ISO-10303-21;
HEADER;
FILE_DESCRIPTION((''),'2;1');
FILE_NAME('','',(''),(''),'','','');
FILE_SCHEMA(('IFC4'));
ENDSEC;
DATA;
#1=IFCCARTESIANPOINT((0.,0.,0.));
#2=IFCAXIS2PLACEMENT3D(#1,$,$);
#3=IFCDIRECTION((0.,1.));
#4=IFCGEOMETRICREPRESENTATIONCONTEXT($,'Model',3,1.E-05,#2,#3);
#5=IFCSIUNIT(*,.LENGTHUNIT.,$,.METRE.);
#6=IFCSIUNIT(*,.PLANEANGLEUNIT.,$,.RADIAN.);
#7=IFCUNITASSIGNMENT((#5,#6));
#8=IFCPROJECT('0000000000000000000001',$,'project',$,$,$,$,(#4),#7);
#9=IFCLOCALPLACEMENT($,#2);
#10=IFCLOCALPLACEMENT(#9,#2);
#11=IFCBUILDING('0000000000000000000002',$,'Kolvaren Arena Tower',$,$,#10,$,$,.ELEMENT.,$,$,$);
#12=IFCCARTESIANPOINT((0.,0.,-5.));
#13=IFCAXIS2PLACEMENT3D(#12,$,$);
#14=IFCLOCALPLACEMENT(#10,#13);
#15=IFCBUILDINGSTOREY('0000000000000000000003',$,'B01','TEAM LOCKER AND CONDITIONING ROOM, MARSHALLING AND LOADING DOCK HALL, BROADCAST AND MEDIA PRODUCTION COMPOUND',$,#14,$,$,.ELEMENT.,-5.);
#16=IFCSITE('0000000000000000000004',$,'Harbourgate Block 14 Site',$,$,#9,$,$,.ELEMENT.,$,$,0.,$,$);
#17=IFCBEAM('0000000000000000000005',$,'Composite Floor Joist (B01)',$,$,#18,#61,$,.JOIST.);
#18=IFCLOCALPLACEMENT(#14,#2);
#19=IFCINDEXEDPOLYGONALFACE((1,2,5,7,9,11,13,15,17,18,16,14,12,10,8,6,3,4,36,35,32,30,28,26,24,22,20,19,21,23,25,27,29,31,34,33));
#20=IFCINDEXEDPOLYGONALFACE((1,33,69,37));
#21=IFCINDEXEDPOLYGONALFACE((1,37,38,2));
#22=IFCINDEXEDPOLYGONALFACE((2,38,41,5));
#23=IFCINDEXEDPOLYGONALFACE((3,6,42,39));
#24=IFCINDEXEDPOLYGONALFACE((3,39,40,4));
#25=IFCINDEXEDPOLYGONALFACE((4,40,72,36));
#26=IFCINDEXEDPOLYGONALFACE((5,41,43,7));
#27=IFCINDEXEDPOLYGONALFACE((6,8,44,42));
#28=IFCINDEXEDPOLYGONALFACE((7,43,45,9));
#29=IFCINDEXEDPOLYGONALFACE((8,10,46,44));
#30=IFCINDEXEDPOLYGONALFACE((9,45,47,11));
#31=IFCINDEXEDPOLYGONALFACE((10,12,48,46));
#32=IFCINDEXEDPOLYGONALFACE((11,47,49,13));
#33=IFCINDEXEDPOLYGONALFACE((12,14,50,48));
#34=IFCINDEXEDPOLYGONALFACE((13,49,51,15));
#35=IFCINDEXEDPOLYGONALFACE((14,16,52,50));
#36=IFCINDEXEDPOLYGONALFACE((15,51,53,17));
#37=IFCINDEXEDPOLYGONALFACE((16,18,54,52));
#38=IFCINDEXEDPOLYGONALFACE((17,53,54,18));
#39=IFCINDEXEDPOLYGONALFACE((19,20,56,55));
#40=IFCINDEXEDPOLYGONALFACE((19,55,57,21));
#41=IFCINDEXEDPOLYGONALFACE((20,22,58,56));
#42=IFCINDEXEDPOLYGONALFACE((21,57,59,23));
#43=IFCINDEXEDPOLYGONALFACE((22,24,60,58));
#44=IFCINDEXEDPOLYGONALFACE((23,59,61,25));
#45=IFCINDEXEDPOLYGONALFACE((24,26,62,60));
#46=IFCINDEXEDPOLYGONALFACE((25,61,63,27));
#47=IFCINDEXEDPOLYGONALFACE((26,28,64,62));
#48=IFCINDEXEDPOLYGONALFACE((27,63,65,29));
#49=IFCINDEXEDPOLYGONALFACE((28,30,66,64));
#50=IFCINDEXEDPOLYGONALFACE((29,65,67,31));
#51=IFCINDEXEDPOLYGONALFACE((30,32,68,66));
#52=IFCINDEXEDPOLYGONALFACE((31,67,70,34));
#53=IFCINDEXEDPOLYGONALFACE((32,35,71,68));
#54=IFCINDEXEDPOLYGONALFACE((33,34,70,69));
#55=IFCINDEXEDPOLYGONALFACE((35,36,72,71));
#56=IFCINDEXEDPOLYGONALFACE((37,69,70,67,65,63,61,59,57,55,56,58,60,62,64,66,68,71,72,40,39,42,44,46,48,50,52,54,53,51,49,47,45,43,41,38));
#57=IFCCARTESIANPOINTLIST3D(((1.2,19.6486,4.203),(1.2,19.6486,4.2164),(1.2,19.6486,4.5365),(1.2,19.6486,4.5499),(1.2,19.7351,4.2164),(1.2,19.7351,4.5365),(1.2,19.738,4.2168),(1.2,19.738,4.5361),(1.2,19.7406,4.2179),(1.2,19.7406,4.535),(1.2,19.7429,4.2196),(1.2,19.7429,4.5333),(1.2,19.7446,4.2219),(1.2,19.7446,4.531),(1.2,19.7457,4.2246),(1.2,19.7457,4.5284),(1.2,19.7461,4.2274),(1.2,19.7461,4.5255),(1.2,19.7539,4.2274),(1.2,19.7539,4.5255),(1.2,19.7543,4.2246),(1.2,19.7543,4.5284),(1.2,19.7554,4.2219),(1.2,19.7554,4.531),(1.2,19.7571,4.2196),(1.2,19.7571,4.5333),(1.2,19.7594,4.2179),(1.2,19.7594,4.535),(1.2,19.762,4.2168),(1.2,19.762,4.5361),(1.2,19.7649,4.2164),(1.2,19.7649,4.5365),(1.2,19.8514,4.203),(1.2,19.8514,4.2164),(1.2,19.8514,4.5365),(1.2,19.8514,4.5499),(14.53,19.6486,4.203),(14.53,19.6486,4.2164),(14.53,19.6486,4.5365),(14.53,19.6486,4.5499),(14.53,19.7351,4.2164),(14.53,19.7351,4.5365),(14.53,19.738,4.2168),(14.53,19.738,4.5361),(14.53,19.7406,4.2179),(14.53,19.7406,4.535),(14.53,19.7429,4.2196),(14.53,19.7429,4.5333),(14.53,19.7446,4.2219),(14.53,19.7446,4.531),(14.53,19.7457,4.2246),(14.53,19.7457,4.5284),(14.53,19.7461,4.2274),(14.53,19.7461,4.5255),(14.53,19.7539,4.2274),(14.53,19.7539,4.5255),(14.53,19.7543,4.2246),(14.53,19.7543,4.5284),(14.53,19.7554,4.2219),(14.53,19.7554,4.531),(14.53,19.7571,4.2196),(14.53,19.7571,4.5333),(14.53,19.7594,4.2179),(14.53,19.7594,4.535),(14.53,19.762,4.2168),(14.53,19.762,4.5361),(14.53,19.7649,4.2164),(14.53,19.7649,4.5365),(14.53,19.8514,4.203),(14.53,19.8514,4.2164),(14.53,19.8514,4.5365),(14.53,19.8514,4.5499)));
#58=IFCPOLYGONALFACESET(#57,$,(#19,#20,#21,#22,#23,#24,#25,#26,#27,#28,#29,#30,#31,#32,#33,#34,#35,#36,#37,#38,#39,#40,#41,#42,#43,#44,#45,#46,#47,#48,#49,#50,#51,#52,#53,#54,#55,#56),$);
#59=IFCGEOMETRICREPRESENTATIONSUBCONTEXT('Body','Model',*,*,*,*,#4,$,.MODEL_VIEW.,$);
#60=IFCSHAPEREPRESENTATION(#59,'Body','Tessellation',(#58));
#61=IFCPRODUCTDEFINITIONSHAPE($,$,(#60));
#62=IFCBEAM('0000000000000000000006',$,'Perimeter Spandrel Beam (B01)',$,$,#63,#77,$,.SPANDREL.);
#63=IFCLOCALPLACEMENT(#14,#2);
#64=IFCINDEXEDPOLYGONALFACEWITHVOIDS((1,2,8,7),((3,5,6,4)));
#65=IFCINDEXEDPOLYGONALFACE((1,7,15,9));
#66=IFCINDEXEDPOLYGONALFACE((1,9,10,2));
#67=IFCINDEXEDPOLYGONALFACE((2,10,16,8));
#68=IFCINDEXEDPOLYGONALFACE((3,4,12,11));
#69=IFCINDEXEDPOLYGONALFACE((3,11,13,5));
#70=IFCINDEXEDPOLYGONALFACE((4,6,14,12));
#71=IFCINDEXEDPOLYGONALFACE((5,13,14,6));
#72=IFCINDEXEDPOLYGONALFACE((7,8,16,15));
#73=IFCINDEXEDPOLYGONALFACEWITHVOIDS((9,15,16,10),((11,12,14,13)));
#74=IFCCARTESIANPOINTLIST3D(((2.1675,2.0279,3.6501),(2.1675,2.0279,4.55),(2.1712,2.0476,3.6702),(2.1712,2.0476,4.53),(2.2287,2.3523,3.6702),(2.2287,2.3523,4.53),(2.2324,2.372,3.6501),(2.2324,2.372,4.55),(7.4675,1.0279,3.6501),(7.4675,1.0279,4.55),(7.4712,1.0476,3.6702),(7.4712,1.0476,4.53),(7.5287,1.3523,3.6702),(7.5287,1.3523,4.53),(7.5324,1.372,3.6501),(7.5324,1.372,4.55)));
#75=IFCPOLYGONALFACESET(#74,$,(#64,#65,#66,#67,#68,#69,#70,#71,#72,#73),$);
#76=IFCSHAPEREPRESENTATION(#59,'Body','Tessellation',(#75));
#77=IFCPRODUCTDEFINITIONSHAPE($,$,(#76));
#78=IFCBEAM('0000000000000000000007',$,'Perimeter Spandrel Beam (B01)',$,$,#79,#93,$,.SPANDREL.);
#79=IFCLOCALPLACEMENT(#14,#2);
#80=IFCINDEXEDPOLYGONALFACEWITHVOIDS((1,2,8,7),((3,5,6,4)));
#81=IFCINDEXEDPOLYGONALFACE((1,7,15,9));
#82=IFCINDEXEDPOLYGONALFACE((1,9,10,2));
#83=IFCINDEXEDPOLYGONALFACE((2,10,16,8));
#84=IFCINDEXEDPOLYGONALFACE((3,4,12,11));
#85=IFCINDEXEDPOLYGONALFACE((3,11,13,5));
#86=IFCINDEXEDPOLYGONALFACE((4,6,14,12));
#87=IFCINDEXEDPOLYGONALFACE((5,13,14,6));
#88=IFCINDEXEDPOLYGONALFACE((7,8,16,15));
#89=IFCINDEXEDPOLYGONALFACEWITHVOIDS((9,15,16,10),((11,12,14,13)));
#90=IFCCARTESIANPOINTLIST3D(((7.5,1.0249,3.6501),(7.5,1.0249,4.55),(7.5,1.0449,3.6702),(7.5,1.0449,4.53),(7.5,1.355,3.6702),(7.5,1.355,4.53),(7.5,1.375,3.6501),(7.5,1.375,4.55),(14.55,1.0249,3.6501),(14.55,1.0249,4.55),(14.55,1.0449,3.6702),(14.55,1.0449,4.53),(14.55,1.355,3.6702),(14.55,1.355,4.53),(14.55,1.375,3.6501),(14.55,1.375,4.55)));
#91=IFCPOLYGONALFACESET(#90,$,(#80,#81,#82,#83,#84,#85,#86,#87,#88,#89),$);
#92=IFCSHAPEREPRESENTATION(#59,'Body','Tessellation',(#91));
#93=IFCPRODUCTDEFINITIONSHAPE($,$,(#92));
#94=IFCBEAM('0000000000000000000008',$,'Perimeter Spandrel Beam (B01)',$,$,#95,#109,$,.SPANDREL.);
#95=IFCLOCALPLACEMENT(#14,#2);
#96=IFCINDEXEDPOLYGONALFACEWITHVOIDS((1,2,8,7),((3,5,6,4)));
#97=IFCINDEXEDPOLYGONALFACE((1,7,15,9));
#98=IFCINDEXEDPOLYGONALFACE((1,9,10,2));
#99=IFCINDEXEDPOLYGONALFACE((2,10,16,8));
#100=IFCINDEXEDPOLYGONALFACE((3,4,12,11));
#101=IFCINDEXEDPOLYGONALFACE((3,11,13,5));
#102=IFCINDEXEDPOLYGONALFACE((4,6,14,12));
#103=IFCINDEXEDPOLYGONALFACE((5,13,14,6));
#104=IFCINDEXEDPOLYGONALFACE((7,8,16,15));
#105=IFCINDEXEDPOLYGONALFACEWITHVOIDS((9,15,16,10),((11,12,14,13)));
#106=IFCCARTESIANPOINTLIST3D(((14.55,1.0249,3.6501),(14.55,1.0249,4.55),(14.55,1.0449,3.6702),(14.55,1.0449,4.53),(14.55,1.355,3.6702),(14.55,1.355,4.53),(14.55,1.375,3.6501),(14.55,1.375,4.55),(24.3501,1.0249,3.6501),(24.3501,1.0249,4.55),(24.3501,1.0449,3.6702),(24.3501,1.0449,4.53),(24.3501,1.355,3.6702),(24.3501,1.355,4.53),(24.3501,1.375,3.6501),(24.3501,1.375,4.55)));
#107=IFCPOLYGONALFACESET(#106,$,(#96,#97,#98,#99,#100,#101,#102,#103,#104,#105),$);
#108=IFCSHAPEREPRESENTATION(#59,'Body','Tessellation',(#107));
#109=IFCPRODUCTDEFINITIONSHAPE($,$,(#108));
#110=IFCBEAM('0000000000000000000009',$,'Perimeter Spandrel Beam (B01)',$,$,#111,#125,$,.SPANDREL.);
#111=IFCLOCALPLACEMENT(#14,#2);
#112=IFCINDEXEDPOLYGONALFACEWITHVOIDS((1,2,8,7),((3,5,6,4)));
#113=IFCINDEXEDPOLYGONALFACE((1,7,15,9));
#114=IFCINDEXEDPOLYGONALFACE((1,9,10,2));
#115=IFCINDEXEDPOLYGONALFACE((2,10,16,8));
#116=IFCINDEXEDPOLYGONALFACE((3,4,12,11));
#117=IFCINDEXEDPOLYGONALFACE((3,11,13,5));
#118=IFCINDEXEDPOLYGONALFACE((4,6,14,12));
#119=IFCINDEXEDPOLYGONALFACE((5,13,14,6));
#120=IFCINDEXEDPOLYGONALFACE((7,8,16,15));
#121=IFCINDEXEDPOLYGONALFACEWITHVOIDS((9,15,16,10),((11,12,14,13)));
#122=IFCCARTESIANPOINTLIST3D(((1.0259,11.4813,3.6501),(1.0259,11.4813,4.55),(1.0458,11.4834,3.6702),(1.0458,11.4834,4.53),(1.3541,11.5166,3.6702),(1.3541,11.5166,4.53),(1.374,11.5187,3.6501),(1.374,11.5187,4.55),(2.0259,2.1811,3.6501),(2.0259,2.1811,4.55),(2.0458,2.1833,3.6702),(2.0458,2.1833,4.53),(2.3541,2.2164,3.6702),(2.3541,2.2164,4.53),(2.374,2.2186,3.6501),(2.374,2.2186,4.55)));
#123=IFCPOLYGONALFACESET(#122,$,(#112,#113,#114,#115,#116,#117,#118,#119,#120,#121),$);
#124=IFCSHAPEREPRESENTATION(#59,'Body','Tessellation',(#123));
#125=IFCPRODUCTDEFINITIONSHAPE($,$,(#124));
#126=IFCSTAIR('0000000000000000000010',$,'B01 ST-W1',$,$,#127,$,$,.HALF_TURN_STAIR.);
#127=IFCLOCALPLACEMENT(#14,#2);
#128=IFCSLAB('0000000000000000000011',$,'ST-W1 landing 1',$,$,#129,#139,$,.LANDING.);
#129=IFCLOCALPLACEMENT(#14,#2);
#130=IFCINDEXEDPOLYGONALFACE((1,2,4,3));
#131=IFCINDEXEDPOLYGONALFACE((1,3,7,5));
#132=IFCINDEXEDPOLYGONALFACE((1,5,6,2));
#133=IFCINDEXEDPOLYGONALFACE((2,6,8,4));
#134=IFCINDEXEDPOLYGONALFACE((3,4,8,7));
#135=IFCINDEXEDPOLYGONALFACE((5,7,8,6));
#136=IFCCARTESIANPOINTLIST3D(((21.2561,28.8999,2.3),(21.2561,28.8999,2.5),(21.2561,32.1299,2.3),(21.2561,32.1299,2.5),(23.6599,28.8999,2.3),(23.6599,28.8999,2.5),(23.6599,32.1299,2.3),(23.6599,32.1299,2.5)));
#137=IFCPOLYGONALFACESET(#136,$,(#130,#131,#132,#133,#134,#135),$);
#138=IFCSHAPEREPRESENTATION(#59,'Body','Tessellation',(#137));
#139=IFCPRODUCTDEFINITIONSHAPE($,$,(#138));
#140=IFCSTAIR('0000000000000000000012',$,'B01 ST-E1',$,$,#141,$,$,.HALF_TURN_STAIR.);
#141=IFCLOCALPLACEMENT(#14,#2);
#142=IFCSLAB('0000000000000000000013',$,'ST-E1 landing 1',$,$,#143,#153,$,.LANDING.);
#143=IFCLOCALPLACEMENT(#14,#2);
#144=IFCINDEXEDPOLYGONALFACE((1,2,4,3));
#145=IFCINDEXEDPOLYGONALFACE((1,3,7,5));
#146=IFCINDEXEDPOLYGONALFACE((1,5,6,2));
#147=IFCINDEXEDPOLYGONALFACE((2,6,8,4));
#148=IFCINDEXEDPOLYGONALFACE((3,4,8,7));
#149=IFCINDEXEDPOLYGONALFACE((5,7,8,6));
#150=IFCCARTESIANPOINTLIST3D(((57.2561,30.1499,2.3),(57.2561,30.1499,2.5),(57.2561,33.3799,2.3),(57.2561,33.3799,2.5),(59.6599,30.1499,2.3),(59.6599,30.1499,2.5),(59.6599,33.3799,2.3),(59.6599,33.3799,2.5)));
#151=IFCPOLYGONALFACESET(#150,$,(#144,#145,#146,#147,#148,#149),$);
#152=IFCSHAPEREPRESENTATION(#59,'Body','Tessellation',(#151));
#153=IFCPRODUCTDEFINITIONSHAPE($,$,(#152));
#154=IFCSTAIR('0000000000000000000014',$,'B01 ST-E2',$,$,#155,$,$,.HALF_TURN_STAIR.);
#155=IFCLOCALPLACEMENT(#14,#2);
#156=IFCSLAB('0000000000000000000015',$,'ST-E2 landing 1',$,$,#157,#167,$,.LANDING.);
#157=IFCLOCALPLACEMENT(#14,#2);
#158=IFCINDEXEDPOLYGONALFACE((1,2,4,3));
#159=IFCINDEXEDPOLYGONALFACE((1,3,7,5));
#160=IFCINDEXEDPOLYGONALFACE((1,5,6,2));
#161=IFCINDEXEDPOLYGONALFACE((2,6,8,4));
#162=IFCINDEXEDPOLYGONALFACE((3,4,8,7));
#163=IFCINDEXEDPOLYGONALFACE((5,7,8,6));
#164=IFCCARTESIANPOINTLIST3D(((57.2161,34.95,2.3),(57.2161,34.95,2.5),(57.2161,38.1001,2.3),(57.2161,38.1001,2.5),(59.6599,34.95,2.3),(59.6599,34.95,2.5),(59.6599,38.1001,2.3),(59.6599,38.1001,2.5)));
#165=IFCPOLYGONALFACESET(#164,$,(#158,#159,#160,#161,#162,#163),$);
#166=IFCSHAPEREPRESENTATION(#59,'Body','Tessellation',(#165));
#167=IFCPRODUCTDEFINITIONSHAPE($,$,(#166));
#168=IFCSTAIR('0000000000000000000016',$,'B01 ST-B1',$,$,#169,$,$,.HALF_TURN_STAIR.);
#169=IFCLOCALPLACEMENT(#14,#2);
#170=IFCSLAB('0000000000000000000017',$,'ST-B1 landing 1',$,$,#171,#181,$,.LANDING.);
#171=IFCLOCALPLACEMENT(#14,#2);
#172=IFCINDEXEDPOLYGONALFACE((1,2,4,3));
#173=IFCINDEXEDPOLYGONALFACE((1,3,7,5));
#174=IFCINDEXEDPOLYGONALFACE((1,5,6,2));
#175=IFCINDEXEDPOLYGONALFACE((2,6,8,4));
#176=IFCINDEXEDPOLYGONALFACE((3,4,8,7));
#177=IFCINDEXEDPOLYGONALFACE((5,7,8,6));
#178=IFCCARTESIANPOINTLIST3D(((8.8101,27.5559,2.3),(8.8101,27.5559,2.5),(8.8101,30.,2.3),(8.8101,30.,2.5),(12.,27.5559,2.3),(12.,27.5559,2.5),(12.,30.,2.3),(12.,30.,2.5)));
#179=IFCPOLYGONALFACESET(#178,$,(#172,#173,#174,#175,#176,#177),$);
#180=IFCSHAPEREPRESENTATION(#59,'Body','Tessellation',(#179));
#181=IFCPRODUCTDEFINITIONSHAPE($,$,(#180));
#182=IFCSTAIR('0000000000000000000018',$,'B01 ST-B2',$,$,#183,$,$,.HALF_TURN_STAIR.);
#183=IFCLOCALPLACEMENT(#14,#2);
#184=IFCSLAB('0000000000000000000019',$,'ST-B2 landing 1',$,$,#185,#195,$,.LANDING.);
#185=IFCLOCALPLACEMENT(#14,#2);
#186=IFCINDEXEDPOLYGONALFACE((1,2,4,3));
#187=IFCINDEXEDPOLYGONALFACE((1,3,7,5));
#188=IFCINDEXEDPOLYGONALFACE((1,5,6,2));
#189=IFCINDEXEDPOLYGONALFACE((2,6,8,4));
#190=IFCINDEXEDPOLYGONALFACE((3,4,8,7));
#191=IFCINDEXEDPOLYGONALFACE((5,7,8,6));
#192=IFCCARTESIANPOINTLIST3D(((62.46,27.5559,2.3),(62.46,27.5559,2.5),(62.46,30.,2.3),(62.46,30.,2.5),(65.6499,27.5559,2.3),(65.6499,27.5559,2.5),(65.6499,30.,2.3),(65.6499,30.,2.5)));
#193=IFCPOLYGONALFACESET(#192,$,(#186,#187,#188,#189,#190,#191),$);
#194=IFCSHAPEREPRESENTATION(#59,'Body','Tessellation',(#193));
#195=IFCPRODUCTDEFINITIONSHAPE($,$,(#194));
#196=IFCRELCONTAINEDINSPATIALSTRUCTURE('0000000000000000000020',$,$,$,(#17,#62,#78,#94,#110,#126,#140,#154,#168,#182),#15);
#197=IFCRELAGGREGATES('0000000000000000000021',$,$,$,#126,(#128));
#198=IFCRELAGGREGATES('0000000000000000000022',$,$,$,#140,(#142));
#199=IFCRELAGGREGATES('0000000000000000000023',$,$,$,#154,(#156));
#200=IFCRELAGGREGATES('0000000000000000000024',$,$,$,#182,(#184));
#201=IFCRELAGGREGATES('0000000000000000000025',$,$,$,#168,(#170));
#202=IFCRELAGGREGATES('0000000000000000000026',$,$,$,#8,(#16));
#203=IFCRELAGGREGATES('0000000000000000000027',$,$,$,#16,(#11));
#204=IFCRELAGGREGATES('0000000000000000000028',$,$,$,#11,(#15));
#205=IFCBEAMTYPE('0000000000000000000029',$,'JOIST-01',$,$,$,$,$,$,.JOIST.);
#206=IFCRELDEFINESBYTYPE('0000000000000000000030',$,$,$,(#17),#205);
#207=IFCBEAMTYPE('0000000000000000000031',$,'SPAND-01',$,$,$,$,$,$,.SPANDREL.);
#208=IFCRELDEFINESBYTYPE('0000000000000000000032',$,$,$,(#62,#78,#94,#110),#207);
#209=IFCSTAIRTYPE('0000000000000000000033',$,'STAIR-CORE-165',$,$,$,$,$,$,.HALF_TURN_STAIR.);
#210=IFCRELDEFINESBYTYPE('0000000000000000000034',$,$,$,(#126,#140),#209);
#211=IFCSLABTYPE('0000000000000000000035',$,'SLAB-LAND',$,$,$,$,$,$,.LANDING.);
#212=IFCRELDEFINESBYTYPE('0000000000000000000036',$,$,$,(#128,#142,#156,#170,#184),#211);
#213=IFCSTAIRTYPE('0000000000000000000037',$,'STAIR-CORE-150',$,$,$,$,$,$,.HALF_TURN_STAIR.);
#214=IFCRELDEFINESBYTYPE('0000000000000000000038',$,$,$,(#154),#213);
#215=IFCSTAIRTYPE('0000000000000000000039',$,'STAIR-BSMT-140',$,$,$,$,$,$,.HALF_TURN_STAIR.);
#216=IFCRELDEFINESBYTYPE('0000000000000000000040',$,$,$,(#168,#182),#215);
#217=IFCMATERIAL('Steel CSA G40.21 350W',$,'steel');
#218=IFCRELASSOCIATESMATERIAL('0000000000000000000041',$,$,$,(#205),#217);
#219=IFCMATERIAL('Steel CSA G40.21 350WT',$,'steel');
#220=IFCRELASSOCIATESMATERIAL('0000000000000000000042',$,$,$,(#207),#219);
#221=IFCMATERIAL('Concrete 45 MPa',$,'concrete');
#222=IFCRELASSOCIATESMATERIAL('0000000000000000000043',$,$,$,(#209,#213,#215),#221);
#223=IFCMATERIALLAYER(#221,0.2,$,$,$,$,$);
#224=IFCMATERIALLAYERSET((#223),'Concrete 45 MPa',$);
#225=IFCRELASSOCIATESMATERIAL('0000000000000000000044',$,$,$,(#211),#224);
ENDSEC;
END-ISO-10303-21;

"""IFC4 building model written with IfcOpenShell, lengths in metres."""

from ifc_helpers import new_model, si_unit, direction, frame, origin, origin_2d, place, context, subcontext, project, spatial, polyline, hollow_rectangle, i_section, outline, extrude, material, layer, layer_set, material_profile, profile_set, type_object, element, aggregate, save


model = new_model("IFC4")

# Units and contexts
model_context = context("Model", 3, precision=1e-05, world=origin(), true_north=direction((0.0, 1.0)))
body_context = subcontext(model_context, "Body", "Model", "MODEL_VIEW")
ifc_project = project(units=[si_unit("LENGTHUNIT", "METRE"), si_unit("PLANEANGLEUNIT", "RADIAN")], contexts=[model_context])

# Site, building, storey
site_placement = place(None, origin())
site = spatial("IfcSite", under=ifc_project, at=site_placement, Name="Harbourgate Block 14 Site", CompositionType="ELEMENT", RefElevation=0.0)
building_placement = place(site_placement, origin())
building = spatial("IfcBuilding", under=site, at=building_placement, Name="Kolvaren Arena Tower", CompositionType="ELEMENT")
storey_placement = place(building_placement, frame((0.0, 0.0, -5.0)))
storey = spatial("IfcBuildingStorey", under=building, at=storey_placement, Name="B01", Description="TEAM LOCKER AND CONDITIONING ROOM, MARSHALLING AND LOADING DOCK HALL, BROADCAST AND MEDIA PRODUCTION COMPOUND", CompositionType="ELEMENT", Elevation=-5.0)

# Beams
ifc_material_1 = material(Name="Steel CSA G40.21 350W", Category="steel")
ifc_material_profile_1 = material_profile(ifc_material_1, i_section(OverallWidth=0.2029, OverallDepth=0.3469, WebThickness=0.0078, FlangeThickness=0.0134, FilletRadius=0.011, at=origin_2d()), Name="W360x64")
ifc_profile_set_1 = profile_set([ifc_material_profile_1], Name="Steel CSA G40.21 350W")
beam_type_1 = type_object("IfcBeamType", Name="JOIST-01", PredefinedType="JOIST", material=ifc_profile_set_1)
beam_1_placement = place(storey_placement, frame((1.2, 19.75, 4.3765), z_axis=(1.0, 0.0, 0.0), x_axis=(0.0, 1.0, 0.0)))
element("IfcBeam", 1, at=beam_1_placement, inside=storey, type_object=beam_type_1, Name="Composite Floor Joist (B01)", PredefinedType="JOIST", context=body_context, shape_type="SweptSolid", body=[
    extrude(i_section(OverallWidth=0.2029, OverallDepth=0.3469, WebThickness=0.0078, FlangeThickness=0.0134, FilletRadius=0.011, at=origin_2d()), origin(), (0.0, 0.0, 1.0), 13.3301),
])
ifc_material_2 = material(Name="Steel CSA G40.21 350WT", Category="steel")
ifc_material_profile_2 = material_profile(ifc_material_2, hollow_rectangle(XDim=0.3501, YDim=0.8999, WallThickness=0.02, at=origin_2d()), Name="HSS 900x350x20")
ifc_profile_set_2 = profile_set([ifc_material_profile_2], Name="Steel CSA G40.21 350WT")
beam_type_2 = type_object("IfcBeamType", Name="SPAND-01", PredefinedType="SPANDREL", material=ifc_profile_set_2)
beam_2_placement = place(storey_placement, frame((2.2, 2.2, 4.1001), z_axis=(0.982662, -0.185406, 0.0), x_axis=(0.185406, 0.982662, 0.0)))
element("IfcBeam", 2, at=beam_2_placement, inside=storey, type_object=beam_type_2, Name="Perimeter Spandrel Beam (B01)", PredefinedType="SPANDREL", context=body_context, shape_type="SweptSolid", body=[
    extrude(hollow_rectangle(XDim=0.3501, YDim=0.8999, WallThickness=0.02, at=origin_2d()), origin(), (0.0, 0.0, 1.0), 5.3936),
])
beam_3_placement = place(storey_placement, frame((7.5, 1.2, 4.1001), z_axis=(1.0, 0.0, 0.0), x_axis=(0.0, 1.0, 0.0)))
element("IfcBeam", 3, at=beam_3_placement, inside=storey, type_object=beam_type_2, Name="Perimeter Spandrel Beam (B01)", PredefinedType="SPANDREL", context=body_context, shape_type="SweptSolid", body=[
    extrude(hollow_rectangle(XDim=0.3501, YDim=0.8999, WallThickness=0.02, at=origin_2d()), origin(), (0.0, 0.0, 1.0), 7.05),
])
beam_4_placement = place(storey_placement, frame((14.55, 1.2, 4.1001), z_axis=(1.0, 0.0, 0.0), x_axis=(0.0, 1.0, 0.0)))
element("IfcBeam", 4, at=beam_4_placement, inside=storey, type_object=beam_type_2, Name="Perimeter Spandrel Beam (B01)", PredefinedType="SPANDREL", context=body_context, shape_type="SweptSolid", body=[
    extrude(hollow_rectangle(XDim=0.3501, YDim=0.8999, WallThickness=0.02, at=origin_2d()), origin(), (0.0, 0.0, 1.0), 9.8),
])
beam_5_placement = place(storey_placement, frame((1.2, 11.5, 4.1001), z_axis=(0.10691, -0.994269, 0.0), x_axis=(0.994269, 0.10691, 0.0)))
element("IfcBeam", 5, at=beam_5_placement, inside=storey, type_object=beam_type_2, Name="Perimeter Spandrel Beam (B01)", PredefinedType="SPANDREL", context=body_context, shape_type="SweptSolid", body=[
    extrude(hollow_rectangle(XDim=0.3501, YDim=0.8999, WallThickness=0.02, at=origin_2d()), origin(), (0.0, 0.0, 1.0), 9.3538),
])

# Stairs, slabs
ifc_material_3 = material(Name="Concrete 45 MPa", Category="concrete")
stair_type_1 = type_object("IfcStairType", Name="STAIR-CORE-165", PredefinedType="HALF_TURN_STAIR", material=ifc_material_3)
stair_1_placement = place(storey_placement, origin())
stair_1 = element("IfcStair", 6, at=stair_1_placement, inside=storey, type_object=stair_type_1, Name="B01 ST-W1", PredefinedType="HALF_TURN_STAIR")
ifc_layer_1 = layer(ifc_material_3, 0.2)
ifc_layer_set_1 = layer_set([ifc_layer_1], Name="Concrete 45 MPa")
slab_type_1 = type_object("IfcSlabType", Name="SLAB-LAND", PredefinedType="LANDING", material=ifc_layer_set_1)
slab_1_placement = place(storey_placement, frame((0.0, 0.0, 2.3)))
slab_1 = element("IfcSlab", 7, at=slab_1_placement, type_object=slab_type_1, Name="ST-W1 landing 1", PredefinedType="LANDING", context=body_context, shape_type="SweptSolid", body=[
    extrude(outline(polyline([(21.2561, 28.8999), (23.6599, 28.8999), (23.6599, 32.1299), (21.2561, 32.1299), (21.2561, 28.8999)])), origin(), (0.0, 0.0, 1.0), 0.2),
])
aggregate(stair_1, [slab_1])
stair_2_placement = place(storey_placement, origin())
stair_2 = element("IfcStair", 8, at=stair_2_placement, inside=storey, type_object=stair_type_1, Name="B01 ST-E1", PredefinedType="HALF_TURN_STAIR")
slab_2_placement = place(storey_placement, frame((0.0, 0.0, 2.3)))
slab_2 = element("IfcSlab", 9, at=slab_2_placement, type_object=slab_type_1, Name="ST-E1 landing 1", PredefinedType="LANDING", context=body_context, shape_type="SweptSolid", body=[
    extrude(outline(polyline([(57.2561, 30.1499), (59.6599, 30.1499), (59.6599, 33.3799), (57.2561, 33.3799), (57.2561, 30.1499)])), origin(), (0.0, 0.0, 1.0), 0.2),
])
aggregate(stair_2, [slab_2])
stair_type_2 = type_object("IfcStairType", Name="STAIR-CORE-150", PredefinedType="HALF_TURN_STAIR", material=ifc_material_3)
stair_3_placement = place(storey_placement, origin())
stair_3 = element("IfcStair", 10, at=stair_3_placement, inside=storey, type_object=stair_type_2, Name="B01 ST-E2", PredefinedType="HALF_TURN_STAIR")
slab_3_placement = place(storey_placement, frame((0.0, 0.0, 2.3)))
slab_3 = element("IfcSlab", 11, at=slab_3_placement, type_object=slab_type_1, Name="ST-E2 landing 1", PredefinedType="LANDING", context=body_context, shape_type="SweptSolid", body=[
    extrude(outline(polyline([(57.2161, 34.95), (59.6599, 34.95), (59.6599, 38.1001), (57.2161, 38.1001), (57.2161, 34.95)])), origin(), (0.0, 0.0, 1.0), 0.2),
])
aggregate(stair_3, [slab_3])
stair_type_3 = type_object("IfcStairType", Name="STAIR-BSMT-140", PredefinedType="HALF_TURN_STAIR", material=ifc_material_3)
stair_4_placement = place(storey_placement, origin())
stair_4 = element("IfcStair", 12, at=stair_4_placement, inside=storey, type_object=stair_type_3, Name="B01 ST-B1", PredefinedType="HALF_TURN_STAIR")
slab_4_placement = place(storey_placement, frame((0.0, 0.0, 2.3)))
slab_4 = element("IfcSlab", 13, at=slab_4_placement, type_object=slab_type_1, Name="ST-B1 landing 1", PredefinedType="LANDING", context=body_context, shape_type="SweptSolid", body=[
    extrude(outline(polyline([(12.0, 27.5559), (12.0, 30.0), (8.8101, 30.0), (8.8101, 27.5559), (12.0, 27.5559)])), origin(), (0.0, 0.0, 1.0), 0.2),
])
stair_5_placement = place(storey_placement, origin())
stair_5 = element("IfcStair", 14, at=stair_5_placement, inside=storey, type_object=stair_type_3, Name="B01 ST-B2", PredefinedType="HALF_TURN_STAIR")
slab_5_placement = place(storey_placement, frame((0.0, 0.0, 2.3)))
slab_5 = element("IfcSlab", 15, at=slab_5_placement, type_object=slab_type_1, Name="ST-B2 landing 1", PredefinedType="LANDING", context=body_context, shape_type="SweptSolid", body=[
    extrude(outline(polyline([(65.6499, 27.5559), (65.6499, 30.0), (62.46, 30.0), (62.46, 27.5559), (65.6499, 27.5559)])), origin(), (0.0, 0.0, 1.0), 0.2),
])
aggregate(stair_5, [slab_5])

aggregate(stair_4, [slab_4])

save(model, "model.ifc")
